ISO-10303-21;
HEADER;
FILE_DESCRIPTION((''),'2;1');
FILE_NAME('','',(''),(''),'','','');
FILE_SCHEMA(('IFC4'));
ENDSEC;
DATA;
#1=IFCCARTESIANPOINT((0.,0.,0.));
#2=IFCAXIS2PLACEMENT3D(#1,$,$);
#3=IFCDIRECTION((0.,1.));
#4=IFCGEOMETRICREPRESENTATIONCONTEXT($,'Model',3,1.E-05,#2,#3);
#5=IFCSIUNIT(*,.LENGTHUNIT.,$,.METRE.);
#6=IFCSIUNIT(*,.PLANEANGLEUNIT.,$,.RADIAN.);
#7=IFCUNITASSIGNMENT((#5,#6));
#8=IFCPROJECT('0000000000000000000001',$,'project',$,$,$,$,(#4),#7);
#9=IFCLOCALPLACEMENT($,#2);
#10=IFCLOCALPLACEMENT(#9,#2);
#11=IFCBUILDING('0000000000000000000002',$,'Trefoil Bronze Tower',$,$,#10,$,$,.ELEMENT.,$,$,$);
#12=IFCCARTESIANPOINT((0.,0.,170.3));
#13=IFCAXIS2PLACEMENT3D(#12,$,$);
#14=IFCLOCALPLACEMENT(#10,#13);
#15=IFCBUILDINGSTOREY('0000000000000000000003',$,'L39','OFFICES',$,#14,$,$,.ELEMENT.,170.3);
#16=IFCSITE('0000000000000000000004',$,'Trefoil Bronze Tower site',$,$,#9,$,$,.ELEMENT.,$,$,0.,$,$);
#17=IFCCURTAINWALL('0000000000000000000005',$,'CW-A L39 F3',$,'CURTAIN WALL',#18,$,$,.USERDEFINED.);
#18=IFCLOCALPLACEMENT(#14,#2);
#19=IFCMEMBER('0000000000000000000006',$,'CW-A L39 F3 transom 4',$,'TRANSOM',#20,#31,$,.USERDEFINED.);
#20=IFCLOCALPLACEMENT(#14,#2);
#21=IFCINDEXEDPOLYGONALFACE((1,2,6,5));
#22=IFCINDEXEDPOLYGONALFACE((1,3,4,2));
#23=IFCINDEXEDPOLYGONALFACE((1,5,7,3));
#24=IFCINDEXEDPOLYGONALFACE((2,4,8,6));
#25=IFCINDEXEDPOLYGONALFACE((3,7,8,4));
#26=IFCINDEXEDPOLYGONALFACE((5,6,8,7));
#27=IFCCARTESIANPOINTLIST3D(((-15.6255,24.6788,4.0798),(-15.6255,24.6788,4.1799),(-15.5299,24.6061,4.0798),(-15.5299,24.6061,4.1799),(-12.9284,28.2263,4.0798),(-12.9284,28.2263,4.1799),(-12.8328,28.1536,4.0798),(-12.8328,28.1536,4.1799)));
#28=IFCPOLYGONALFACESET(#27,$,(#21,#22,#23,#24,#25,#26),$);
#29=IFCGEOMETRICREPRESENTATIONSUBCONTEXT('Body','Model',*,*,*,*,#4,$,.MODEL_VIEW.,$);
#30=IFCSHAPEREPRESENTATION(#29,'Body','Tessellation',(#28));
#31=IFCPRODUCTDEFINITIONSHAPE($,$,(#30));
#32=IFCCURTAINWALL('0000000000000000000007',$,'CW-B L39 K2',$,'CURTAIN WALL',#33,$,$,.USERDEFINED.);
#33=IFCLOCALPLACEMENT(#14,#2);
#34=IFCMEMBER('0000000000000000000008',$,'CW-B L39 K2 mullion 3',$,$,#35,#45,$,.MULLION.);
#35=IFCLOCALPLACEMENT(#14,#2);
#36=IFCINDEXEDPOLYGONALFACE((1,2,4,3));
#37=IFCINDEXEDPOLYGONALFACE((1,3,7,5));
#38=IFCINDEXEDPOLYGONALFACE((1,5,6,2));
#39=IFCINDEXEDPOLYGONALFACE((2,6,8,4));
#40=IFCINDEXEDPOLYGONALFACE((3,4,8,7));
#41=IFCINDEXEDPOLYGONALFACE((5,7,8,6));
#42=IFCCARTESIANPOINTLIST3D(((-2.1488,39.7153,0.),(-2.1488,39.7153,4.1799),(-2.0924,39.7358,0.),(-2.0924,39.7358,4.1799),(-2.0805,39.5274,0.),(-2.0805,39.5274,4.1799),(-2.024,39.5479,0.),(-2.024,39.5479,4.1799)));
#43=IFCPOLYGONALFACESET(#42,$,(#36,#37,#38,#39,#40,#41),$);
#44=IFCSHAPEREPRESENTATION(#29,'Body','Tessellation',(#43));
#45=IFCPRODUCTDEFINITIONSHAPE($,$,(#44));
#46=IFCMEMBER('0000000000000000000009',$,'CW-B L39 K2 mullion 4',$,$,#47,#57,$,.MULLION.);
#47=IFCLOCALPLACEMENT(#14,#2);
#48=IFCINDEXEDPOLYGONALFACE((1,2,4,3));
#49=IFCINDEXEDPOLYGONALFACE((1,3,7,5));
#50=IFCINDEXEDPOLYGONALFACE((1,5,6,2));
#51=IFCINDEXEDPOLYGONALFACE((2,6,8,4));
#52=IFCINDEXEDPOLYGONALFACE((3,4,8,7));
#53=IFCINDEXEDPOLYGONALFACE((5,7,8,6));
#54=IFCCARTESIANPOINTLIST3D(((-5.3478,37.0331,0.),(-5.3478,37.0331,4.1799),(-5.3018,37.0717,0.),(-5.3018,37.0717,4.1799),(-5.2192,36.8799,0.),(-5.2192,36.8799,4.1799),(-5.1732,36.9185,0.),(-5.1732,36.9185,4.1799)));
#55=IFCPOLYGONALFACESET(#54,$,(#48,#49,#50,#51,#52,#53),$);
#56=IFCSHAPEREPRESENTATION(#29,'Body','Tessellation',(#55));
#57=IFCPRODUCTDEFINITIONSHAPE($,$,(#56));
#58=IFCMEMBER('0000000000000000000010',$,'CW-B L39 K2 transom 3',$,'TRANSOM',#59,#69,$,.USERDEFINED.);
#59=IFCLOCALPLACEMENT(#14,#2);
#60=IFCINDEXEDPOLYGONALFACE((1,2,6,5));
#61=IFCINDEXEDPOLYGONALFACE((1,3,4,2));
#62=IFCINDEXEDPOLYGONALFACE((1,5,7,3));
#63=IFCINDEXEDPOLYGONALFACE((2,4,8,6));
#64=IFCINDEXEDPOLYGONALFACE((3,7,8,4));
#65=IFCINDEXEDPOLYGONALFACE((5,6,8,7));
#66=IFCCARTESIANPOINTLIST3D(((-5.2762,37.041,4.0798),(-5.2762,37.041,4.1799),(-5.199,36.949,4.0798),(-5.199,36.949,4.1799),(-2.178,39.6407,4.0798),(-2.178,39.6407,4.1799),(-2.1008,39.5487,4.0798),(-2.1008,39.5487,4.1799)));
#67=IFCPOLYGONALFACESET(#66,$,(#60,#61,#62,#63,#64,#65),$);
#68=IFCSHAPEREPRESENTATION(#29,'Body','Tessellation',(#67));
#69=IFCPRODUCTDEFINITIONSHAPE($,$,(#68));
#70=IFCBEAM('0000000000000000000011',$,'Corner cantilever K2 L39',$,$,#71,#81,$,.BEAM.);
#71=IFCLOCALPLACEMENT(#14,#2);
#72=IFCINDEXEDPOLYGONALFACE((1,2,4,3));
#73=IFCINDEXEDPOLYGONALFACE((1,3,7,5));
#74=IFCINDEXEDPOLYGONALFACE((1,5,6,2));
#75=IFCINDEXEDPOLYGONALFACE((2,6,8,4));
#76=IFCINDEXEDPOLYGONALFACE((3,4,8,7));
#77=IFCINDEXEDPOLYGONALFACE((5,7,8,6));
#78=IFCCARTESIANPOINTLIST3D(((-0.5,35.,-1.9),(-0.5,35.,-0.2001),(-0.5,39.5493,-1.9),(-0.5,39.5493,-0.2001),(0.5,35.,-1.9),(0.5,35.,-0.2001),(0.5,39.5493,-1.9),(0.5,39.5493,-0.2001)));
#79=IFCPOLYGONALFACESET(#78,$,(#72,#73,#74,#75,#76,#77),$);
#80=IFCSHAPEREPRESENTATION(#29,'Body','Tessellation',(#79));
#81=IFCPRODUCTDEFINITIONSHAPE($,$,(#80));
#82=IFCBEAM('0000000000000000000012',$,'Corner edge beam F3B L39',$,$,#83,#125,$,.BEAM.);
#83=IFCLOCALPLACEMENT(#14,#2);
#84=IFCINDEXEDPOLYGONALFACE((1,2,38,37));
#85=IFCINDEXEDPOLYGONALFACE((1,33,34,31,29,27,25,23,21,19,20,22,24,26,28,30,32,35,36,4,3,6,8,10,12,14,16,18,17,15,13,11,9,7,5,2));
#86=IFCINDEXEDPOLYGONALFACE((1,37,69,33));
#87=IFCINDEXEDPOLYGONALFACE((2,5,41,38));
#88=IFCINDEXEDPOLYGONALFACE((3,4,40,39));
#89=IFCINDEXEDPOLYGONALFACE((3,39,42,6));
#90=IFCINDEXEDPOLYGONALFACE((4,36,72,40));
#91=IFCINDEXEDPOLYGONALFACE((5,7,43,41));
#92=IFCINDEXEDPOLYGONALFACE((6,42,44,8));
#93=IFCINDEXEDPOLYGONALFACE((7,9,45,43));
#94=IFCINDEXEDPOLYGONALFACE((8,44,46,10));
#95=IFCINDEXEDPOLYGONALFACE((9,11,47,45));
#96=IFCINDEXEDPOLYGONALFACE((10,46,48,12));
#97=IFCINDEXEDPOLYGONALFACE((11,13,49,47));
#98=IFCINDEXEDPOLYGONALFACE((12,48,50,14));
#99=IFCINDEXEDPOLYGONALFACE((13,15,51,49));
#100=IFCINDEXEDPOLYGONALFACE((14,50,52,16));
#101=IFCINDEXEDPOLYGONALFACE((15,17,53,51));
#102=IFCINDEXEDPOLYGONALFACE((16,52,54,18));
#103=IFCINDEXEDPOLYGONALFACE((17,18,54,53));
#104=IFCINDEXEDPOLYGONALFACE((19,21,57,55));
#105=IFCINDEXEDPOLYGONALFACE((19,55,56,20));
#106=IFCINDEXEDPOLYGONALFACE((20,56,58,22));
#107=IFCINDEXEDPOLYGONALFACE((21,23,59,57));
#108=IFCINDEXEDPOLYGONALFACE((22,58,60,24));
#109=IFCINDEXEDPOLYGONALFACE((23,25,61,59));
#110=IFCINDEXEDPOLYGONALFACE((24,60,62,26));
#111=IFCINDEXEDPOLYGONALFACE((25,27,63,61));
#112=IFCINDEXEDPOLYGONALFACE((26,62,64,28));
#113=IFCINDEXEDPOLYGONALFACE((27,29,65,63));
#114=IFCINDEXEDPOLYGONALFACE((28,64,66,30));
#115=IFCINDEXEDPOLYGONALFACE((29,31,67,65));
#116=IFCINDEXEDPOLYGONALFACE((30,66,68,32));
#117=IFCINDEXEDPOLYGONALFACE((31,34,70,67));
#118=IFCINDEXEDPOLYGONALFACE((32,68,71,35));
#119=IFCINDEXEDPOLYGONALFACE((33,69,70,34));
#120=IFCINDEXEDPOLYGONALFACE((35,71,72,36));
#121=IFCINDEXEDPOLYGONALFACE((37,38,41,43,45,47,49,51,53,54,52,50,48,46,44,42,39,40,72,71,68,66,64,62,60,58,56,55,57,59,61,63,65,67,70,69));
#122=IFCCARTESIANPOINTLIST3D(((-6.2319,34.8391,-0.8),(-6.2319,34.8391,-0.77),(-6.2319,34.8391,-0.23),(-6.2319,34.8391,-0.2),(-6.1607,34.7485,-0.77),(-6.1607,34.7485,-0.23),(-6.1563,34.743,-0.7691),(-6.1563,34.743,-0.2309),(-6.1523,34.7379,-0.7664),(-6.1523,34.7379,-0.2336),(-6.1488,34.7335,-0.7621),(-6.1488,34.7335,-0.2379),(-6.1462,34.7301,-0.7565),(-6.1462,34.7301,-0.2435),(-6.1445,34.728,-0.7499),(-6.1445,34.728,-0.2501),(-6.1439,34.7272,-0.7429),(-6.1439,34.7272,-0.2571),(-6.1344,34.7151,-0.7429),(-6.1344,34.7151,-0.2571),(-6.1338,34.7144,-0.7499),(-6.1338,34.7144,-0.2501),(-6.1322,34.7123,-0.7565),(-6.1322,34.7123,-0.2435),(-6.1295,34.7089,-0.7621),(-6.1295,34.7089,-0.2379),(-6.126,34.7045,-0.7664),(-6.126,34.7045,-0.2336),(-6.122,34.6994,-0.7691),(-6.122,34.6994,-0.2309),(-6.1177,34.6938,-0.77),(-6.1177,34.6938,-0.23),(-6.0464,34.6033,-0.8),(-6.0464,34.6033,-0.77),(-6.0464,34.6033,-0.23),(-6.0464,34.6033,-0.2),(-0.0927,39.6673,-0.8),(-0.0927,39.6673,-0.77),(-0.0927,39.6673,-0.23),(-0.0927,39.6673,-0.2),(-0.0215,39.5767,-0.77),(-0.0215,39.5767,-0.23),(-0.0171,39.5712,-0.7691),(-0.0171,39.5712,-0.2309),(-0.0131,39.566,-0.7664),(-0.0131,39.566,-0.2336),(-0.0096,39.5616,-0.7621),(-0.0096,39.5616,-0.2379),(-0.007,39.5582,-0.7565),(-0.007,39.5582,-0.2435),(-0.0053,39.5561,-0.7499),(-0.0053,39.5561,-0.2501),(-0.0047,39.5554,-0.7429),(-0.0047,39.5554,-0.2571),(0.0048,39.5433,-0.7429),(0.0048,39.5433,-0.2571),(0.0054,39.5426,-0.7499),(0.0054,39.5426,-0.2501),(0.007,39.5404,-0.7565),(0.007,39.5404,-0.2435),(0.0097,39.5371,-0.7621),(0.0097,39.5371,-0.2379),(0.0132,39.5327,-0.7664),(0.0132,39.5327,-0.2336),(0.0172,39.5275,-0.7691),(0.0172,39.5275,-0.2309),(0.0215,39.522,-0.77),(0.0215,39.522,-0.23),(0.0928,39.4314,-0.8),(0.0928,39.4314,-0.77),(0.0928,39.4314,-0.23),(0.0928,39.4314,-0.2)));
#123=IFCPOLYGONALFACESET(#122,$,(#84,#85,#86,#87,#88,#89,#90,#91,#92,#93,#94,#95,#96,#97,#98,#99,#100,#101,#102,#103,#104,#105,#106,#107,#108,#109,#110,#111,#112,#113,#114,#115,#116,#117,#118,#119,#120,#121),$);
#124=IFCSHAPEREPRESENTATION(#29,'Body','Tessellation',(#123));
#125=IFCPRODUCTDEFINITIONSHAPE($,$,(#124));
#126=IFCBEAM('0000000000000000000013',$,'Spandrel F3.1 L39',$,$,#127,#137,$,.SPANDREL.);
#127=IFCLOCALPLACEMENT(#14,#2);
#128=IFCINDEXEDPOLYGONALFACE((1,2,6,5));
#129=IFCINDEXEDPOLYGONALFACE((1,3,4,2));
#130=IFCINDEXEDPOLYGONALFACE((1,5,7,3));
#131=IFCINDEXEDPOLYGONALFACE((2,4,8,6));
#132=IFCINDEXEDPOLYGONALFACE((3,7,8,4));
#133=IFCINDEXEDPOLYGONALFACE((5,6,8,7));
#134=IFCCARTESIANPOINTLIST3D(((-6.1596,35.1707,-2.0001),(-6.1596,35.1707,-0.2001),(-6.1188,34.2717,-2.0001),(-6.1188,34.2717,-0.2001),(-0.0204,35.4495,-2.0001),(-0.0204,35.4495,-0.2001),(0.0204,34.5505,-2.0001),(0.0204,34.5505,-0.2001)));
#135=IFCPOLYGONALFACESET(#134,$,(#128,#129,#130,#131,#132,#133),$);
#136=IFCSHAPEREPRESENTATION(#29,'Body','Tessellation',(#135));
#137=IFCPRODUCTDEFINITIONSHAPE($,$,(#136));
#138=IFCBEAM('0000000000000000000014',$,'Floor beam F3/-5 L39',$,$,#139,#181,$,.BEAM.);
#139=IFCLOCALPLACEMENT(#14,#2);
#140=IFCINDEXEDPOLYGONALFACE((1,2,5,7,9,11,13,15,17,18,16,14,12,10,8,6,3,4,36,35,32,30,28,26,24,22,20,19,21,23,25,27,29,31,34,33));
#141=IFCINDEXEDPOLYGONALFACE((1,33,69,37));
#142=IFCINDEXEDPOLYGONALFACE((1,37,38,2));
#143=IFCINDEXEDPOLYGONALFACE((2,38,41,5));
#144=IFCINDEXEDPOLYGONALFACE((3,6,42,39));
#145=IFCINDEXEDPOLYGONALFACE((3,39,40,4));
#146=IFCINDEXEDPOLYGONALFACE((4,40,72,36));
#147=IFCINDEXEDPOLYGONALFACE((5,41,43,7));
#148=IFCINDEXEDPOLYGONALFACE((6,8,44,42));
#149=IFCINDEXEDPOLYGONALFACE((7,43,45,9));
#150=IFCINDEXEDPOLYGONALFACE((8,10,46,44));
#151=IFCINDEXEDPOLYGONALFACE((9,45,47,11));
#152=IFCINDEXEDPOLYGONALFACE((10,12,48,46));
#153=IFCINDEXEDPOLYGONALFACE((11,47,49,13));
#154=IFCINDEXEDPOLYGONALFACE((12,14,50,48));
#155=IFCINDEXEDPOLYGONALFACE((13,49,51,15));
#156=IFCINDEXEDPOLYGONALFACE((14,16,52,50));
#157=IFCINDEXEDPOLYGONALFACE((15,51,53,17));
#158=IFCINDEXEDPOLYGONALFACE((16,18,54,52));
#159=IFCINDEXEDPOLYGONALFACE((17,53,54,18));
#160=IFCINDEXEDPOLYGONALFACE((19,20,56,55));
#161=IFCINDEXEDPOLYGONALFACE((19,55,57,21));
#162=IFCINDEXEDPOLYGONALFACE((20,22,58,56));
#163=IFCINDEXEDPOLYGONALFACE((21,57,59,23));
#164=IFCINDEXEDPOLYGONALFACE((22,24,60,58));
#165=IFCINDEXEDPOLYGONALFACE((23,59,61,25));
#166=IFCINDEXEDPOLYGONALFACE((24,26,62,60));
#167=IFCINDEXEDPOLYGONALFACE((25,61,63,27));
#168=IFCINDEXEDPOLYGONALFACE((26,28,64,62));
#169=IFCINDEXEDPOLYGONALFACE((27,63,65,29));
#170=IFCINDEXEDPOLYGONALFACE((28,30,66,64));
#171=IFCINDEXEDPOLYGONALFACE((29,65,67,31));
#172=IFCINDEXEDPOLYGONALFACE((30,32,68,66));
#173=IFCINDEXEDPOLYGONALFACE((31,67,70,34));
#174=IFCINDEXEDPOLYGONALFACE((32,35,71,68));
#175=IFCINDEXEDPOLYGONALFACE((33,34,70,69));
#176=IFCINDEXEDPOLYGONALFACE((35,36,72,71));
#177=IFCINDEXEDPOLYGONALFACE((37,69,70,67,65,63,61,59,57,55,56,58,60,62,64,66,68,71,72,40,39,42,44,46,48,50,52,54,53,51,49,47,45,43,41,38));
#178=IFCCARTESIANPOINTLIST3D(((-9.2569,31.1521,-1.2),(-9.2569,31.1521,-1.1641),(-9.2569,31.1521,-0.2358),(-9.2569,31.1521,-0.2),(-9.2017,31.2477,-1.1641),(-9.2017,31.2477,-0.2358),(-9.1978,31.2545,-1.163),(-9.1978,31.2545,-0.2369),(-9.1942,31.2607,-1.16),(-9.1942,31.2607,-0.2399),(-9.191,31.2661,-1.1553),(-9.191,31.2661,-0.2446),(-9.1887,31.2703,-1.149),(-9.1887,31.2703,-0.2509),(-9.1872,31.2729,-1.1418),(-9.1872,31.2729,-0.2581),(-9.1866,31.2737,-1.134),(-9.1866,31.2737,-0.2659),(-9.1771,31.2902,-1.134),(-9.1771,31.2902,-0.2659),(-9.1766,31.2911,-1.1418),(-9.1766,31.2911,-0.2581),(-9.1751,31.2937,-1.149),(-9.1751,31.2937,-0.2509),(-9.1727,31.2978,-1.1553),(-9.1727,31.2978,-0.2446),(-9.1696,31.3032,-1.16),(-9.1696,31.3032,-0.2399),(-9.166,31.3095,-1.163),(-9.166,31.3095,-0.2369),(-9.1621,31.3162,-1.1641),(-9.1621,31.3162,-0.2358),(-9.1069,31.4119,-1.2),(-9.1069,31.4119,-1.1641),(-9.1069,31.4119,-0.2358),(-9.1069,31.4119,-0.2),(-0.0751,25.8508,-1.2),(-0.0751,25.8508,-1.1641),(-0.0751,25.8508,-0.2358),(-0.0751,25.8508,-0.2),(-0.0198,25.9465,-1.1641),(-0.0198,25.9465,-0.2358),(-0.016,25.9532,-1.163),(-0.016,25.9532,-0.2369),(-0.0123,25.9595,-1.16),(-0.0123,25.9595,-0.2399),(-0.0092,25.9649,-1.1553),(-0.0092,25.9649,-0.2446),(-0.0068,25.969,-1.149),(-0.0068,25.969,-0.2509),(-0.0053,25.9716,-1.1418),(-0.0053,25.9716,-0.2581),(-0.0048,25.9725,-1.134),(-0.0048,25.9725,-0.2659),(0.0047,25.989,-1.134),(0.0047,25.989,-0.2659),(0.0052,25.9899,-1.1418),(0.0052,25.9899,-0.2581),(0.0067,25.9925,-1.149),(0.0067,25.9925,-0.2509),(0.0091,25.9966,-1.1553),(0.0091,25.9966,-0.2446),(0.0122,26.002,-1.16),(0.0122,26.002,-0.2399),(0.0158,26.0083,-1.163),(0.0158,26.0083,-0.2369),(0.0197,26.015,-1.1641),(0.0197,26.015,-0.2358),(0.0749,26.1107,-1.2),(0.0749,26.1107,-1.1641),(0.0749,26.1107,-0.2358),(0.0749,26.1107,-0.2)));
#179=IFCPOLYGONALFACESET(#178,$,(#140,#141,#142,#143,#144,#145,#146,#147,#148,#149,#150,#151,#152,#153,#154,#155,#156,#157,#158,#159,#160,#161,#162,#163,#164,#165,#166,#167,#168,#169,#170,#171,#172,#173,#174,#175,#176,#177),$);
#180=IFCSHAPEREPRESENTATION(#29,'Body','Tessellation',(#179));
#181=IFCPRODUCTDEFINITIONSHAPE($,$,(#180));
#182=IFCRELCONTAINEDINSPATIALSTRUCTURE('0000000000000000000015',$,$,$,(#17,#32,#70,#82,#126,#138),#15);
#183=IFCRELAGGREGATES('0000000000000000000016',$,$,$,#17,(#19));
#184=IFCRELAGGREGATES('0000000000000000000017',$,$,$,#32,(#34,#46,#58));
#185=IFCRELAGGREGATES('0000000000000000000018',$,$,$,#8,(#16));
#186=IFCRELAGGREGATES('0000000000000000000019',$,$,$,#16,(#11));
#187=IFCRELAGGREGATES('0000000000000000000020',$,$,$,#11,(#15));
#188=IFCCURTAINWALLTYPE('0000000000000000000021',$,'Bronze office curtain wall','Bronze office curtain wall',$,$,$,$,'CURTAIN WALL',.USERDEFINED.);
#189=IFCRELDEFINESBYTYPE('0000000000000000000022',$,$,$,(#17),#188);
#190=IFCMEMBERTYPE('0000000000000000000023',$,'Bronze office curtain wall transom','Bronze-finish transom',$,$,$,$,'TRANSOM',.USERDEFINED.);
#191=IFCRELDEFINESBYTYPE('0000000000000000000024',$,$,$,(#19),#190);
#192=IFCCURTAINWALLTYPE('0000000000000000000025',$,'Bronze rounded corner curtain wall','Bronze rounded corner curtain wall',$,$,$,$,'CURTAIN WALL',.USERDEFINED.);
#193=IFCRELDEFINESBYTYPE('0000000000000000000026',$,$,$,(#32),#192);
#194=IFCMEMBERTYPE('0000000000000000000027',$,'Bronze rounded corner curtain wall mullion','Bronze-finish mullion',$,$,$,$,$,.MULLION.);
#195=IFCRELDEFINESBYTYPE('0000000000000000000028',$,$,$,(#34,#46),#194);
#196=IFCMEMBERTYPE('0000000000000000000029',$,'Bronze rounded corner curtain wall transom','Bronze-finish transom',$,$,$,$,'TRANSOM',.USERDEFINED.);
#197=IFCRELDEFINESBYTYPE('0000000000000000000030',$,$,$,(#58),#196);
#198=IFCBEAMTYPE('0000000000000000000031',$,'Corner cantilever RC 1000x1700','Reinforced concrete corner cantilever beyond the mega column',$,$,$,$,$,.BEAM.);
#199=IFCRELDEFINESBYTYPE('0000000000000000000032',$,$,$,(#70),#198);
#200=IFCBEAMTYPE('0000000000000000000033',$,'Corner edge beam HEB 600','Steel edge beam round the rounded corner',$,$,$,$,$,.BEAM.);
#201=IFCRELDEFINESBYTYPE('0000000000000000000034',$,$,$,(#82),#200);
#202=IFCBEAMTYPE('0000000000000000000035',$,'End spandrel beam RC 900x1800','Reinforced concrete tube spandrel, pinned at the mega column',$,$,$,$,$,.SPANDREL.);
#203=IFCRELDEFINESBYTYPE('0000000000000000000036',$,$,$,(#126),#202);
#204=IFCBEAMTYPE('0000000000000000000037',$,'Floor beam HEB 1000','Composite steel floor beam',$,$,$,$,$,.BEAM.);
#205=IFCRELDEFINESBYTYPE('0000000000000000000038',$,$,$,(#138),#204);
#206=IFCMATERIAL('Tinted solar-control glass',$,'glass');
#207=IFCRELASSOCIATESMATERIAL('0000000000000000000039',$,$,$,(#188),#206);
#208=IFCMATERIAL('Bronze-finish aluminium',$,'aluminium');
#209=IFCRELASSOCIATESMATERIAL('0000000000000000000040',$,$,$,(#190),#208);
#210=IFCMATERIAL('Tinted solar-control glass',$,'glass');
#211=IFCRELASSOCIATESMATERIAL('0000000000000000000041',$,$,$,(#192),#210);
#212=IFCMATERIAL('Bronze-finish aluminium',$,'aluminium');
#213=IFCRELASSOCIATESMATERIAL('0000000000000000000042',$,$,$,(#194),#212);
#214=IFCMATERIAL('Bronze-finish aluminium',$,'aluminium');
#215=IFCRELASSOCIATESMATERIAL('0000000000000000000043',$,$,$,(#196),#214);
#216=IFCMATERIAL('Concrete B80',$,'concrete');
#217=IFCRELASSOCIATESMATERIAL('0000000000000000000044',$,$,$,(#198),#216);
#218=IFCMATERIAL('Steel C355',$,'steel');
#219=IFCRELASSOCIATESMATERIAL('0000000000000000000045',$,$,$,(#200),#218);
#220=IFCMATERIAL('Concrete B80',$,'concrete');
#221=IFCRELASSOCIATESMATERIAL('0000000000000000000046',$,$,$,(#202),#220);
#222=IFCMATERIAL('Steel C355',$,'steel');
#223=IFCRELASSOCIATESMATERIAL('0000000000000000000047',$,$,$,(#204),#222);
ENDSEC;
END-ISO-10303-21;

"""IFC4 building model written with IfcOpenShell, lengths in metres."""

from ifc_helpers import new_model, si_unit, direction, frame, origin, origin_2d, place, context, subcontext, project, spatial, rectangle, i_section, extrude, material, material_profile, profile_set, type_object, element, aggregate, save


model = new_model("IFC4")

# Units and contexts
model_context = context("Model", 3, precision=1e-05, world=origin(), true_north=direction((0.0, 1.0)))
body_context = subcontext(model_context, "Body", "Model", "MODEL_VIEW")
ifc_project = project(units=[si_unit("LENGTHUNIT", "METRE"), si_unit("PLANEANGLEUNIT", "RADIAN")], contexts=[model_context])

# Site, building, storey
site_placement = place(None, origin())
site = spatial("IfcSite", under=ifc_project, at=site_placement, Name="Trefoil Bronze Tower site", CompositionType="ELEMENT", RefElevation=0.0)
building_placement = place(site_placement, origin())
building = spatial("IfcBuilding", under=site, at=building_placement, Name="Trefoil Bronze Tower", CompositionType="ELEMENT")
storey_placement = place(building_placement, frame((0.0, 0.0, 170.3)))
storey = spatial("IfcBuildingStorey", under=building, at=storey_placement, Name="L39", Description="OFFICES", CompositionType="ELEMENT", Elevation=170.3)

# Curtain walls, members
ifc_material_1 = material(Name="Tinted solar-control glass", Category="glass")
curtain_wall_type_1 = type_object("IfcCurtainWallType", Name="Bronze office curtain wall", Description="Bronze office curtain wall", ElementType="CURTAIN WALL", PredefinedType="USERDEFINED", material=ifc_material_1)
curtain_wall_1_placement = place(storey_placement, origin())
curtain_wall_1 = element("IfcCurtainWall", 1, at=curtain_wall_1_placement, inside=storey, type_object=curtain_wall_type_1, Name="CW-A L39 F3", ObjectType="CURTAIN WALL", PredefinedType="USERDEFINED")
ifc_material_2 = material(Name="Bronze-finish aluminium", Category="aluminium")
ifc_material_profile_1 = material_profile(ifc_material_2, rectangle(XDim=0.1201, YDim=0.1001, at=origin_2d()), Name="CW-A transom")
ifc_profile_set_1 = profile_set([ifc_material_profile_1], Name="Bronze-finish aluminium")
member_type_1 = type_object("IfcMemberType", Name="Bronze office curtain wall transom", Description="Bronze-finish transom", ElementType="TRANSOM", PredefinedType="USERDEFINED", material=ifc_profile_set_1)
member_1_placement = place(storey_placement, frame((-12.8806, 28.1899, 4.1299), z_axis=(-0.605229, -0.796051, 0.0), x_axis=(0.796051, -0.605229, 0.0)))
member_1 = element("IfcMember", 2, at=member_1_placement, type_object=member_type_1, Name="CW-A L39 F3 transom 4", ObjectType="TRANSOM", PredefinedType="USERDEFINED", context=body_context, shape_type="SweptSolid", body=[
    extrude(rectangle(XDim=0.1201, YDim=0.1001, at=origin_2d()), origin(), (0.0, 0.0, 1.0), 4.4563),
])
ifc_material_3 = material(Name="Tinted solar-control glass", Category="glass")
curtain_wall_type_2 = type_object("IfcCurtainWallType", Name="Bronze rounded corner curtain wall", Description="Bronze rounded corner curtain wall", ElementType="CURTAIN WALL", PredefinedType="USERDEFINED", material=ifc_material_3)
curtain_wall_2_placement = place(storey_placement, origin())
curtain_wall_2 = element("IfcCurtainWall", 3, at=curtain_wall_2_placement, inside=storey, type_object=curtain_wall_type_2, Name="CW-B L39 K2", ObjectType="CURTAIN WALL", PredefinedType="USERDEFINED")
ifc_material_4 = material(Name="Bronze-finish aluminium", Category="aluminium")
ifc_material_profile_2 = material_profile(ifc_material_4, rectangle(XDim=0.2, YDim=0.0601, at=origin_2d()), Name="CW-B mullion")
ifc_profile_set_2 = profile_set([ifc_material_profile_2], Name="Bronze-finish aluminium")
member_type_2 = type_object("IfcMemberType", Name="Bronze rounded corner curtain wall mullion", Description="Bronze-finish mullion", PredefinedType="MULLION", material=ifc_profile_set_2)
member_2_placement = place(storey_placement, frame((-2.0864, 39.6316, 0.0), z_axis=(0.0, 0.0, 1.0), x_axis=(0.34202, -0.939693, 0.0)))
member_2 = element("IfcMember", 4, at=member_2_placement, type_object=member_type_2, Name="CW-B L39 K2 mullion 3", PredefinedType="MULLION", context=body_context, shape_type="SweptSolid", body=[
    extrude(rectangle(XDim=0.2, YDim=0.0601, at=origin_2d()), origin(), (0.0, 0.0, 1.0), 4.1799),
])
member_3_placement = place(storey_placement, frame((-5.2605, 36.9758, 0.0), z_axis=(0.0, 0.0, 1.0), x_axis=(0.642788, -0.766044, 0.0)))
member_3 = element("IfcMember", 5, at=member_3_placement, type_object=member_type_2, Name="CW-B L39 K2 mullion 4", PredefinedType="MULLION", context=body_context, shape_type="SweptSolid", body=[
    extrude(rectangle(XDim=0.2, YDim=0.0601, at=origin_2d()), origin(), (0.0, 0.0, 1.0), 4.1799),
])
ifc_material_5 = material(Name="Bronze-finish aluminium", Category="aluminium")
ifc_material_profile_3 = material_profile(ifc_material_5, rectangle(XDim=0.1201, YDim=0.1001, at=origin_2d()), Name="CW-B transom")
ifc_profile_set_3 = profile_set([ifc_material_profile_3], Name="Bronze-finish aluminium")
member_type_3 = type_object("IfcMemberType", Name="Bronze rounded corner curtain wall transom", Description="Bronze-finish transom", ElementType="TRANSOM", PredefinedType="USERDEFINED", material=ifc_profile_set_3)
member_4_placement = place(storey_placement, frame((-2.1394, 39.5947, 4.1299), z_axis=(-0.76605, -0.642781, 0.0), x_axis=(0.642781, -0.76605, 0.0)))
member_4 = element("IfcMember", 6, at=member_4_placement, type_object=member_type_3, Name="CW-B L39 K2 transom 3", ObjectType="TRANSOM", PredefinedType="USERDEFINED", context=body_context, shape_type="SweptSolid", body=[
    extrude(rectangle(XDim=0.1201, YDim=0.1001, at=origin_2d()), origin(), (0.0, 0.0, 1.0), 4.0444),
])

# Beams
ifc_material_6 = material(Name="Concrete B80", Category="concrete")
ifc_material_profile_4 = material_profile(ifc_material_6, rectangle(XDim=1.0, YDim=1.7, at=origin_2d()), Name="RC 1000x1700")
ifc_profile_set_4 = profile_set([ifc_material_profile_4], Name="Concrete B80")
beam_type_1 = type_object("IfcBeamType", Name="Corner cantilever RC 1000x1700", Description="Reinforced concrete corner cantilever beyond the mega column", PredefinedType="BEAM", material=ifc_profile_set_4)
beam_1_placement = place(storey_placement, frame((0.0, 35.0, -1.05), z_axis=(0.0, 1.0, 0.0), x_axis=(-1.0, 0.0, 0.0)))
element("IfcBeam", 7, at=beam_1_placement, inside=storey, type_object=beam_type_1, Name="Corner cantilever K2 L39", PredefinedType="BEAM", context=body_context, shape_type="SweptSolid", body=[
    extrude(rectangle(XDim=1.0, YDim=1.7, at=origin_2d()), origin(), (0.0, 0.0, 1.0), 4.5493),
])
ifc_material_7 = material(Name="Steel C355", Category="steel")
ifc_material_profile_5 = material_profile(ifc_material_7, i_section(OverallWidth=0.3, OverallDepth=0.6001, WebThickness=0.0154, FlangeThickness=0.03, FilletRadius=0.0271, at=origin_2d()), Name="HEB 600")
ifc_profile_set_5 = profile_set([ifc_material_profile_5], Name="Steel C355")
beam_type_2 = type_object("IfcBeamType", Name="Corner edge beam HEB 600", Description="Steel edge beam round the rounded corner", PredefinedType="BEAM", material=ifc_profile_set_5)
beam_2_placement = place(storey_placement, frame((-6.1392, 34.7212, -0.5), z_axis=(0.786038, 0.618178, 0.0), x_axis=(-0.618178, 0.786038, 0.0)))
element("IfcBeam", 8, at=beam_2_placement, inside=storey, type_object=beam_type_2, Name="Corner edge beam F3B L39", PredefinedType="BEAM", context=body_context, shape_type="SweptSolid", body=[
    extrude(i_section(OverallWidth=0.3, OverallDepth=0.6001, WebThickness=0.0154, FlangeThickness=0.03, FilletRadius=0.0271, at=origin_2d()), origin(), (0.0, 0.0, 1.0), 7.8103),
])
ifc_material_8 = material(Name="Concrete B80", Category="concrete")
ifc_material_profile_6 = material_profile(ifc_material_8, rectangle(XDim=0.8999, YDim=1.8, at=origin_2d()), Name="RC 900x1800")
ifc_profile_set_6 = profile_set([ifc_material_profile_6], Name="Concrete B80")
beam_type_3 = type_object("IfcBeamType", Name="End spandrel beam RC 900x1800", Description="Reinforced concrete tube spandrel, pinned at the mega column", PredefinedType="SPANDREL", material=ifc_profile_set_6)
beam_3_placement = place(storey_placement, frame((0.0, 35.0, -1.1001), z_axis=(-0.99897, -0.045368, 0.0), x_axis=(0.045368, -0.99897, 0.0)))
element("IfcBeam", 9, at=beam_3_placement, inside=storey, type_object=beam_type_3, Name="Spandrel F3.1 L39", PredefinedType="SPANDREL", context=body_context, shape_type="SweptSolid", body=[
    extrude(rectangle(XDim=0.8999, YDim=1.8, at=origin_2d()), origin(), (0.0, 0.0, 1.0), 6.1455),
])
ifc_material_9 = material(Name="Steel C355", Category="steel")
ifc_material_profile_7 = material_profile(ifc_material_9, i_section(OverallWidth=0.3, OverallDepth=1.0, WebThickness=0.019, FlangeThickness=0.0359, FilletRadius=0.03, at=origin_2d()), Name="HEB 1000")
ifc_profile_set_7 = profile_set([ifc_material_profile_7], Name="Steel C355")
beam_type_4 = type_object("IfcBeamType", Name="Floor beam HEB 1000", Description="Composite steel floor beam", PredefinedType="BEAM", material=ifc_profile_set_7)
beam_4_placement = place(storey_placement, frame((-9.1819, 31.282, -0.7), z_axis=(0.866021, -0.500007, 0.0), x_axis=(0.500007, 0.866021, 0.0)))
element("IfcBeam", 10, at=beam_4_placement, inside=storey, type_object=beam_type_4, Name="Floor beam F3/-5 L39", PredefinedType="BEAM", context=body_context, shape_type="SweptSolid", body=[
    extrude(i_section(OverallWidth=0.3, OverallDepth=1.0, WebThickness=0.019, FlangeThickness=0.0359, FilletRadius=0.03, at=origin_2d()), origin(), (0.0, 0.0, 1.0), 10.6023),
])

aggregate(curtain_wall_1, [member_1])
aggregate(curtain_wall_2, [member_2, member_3, member_4])

save(model, "model.ifc")
